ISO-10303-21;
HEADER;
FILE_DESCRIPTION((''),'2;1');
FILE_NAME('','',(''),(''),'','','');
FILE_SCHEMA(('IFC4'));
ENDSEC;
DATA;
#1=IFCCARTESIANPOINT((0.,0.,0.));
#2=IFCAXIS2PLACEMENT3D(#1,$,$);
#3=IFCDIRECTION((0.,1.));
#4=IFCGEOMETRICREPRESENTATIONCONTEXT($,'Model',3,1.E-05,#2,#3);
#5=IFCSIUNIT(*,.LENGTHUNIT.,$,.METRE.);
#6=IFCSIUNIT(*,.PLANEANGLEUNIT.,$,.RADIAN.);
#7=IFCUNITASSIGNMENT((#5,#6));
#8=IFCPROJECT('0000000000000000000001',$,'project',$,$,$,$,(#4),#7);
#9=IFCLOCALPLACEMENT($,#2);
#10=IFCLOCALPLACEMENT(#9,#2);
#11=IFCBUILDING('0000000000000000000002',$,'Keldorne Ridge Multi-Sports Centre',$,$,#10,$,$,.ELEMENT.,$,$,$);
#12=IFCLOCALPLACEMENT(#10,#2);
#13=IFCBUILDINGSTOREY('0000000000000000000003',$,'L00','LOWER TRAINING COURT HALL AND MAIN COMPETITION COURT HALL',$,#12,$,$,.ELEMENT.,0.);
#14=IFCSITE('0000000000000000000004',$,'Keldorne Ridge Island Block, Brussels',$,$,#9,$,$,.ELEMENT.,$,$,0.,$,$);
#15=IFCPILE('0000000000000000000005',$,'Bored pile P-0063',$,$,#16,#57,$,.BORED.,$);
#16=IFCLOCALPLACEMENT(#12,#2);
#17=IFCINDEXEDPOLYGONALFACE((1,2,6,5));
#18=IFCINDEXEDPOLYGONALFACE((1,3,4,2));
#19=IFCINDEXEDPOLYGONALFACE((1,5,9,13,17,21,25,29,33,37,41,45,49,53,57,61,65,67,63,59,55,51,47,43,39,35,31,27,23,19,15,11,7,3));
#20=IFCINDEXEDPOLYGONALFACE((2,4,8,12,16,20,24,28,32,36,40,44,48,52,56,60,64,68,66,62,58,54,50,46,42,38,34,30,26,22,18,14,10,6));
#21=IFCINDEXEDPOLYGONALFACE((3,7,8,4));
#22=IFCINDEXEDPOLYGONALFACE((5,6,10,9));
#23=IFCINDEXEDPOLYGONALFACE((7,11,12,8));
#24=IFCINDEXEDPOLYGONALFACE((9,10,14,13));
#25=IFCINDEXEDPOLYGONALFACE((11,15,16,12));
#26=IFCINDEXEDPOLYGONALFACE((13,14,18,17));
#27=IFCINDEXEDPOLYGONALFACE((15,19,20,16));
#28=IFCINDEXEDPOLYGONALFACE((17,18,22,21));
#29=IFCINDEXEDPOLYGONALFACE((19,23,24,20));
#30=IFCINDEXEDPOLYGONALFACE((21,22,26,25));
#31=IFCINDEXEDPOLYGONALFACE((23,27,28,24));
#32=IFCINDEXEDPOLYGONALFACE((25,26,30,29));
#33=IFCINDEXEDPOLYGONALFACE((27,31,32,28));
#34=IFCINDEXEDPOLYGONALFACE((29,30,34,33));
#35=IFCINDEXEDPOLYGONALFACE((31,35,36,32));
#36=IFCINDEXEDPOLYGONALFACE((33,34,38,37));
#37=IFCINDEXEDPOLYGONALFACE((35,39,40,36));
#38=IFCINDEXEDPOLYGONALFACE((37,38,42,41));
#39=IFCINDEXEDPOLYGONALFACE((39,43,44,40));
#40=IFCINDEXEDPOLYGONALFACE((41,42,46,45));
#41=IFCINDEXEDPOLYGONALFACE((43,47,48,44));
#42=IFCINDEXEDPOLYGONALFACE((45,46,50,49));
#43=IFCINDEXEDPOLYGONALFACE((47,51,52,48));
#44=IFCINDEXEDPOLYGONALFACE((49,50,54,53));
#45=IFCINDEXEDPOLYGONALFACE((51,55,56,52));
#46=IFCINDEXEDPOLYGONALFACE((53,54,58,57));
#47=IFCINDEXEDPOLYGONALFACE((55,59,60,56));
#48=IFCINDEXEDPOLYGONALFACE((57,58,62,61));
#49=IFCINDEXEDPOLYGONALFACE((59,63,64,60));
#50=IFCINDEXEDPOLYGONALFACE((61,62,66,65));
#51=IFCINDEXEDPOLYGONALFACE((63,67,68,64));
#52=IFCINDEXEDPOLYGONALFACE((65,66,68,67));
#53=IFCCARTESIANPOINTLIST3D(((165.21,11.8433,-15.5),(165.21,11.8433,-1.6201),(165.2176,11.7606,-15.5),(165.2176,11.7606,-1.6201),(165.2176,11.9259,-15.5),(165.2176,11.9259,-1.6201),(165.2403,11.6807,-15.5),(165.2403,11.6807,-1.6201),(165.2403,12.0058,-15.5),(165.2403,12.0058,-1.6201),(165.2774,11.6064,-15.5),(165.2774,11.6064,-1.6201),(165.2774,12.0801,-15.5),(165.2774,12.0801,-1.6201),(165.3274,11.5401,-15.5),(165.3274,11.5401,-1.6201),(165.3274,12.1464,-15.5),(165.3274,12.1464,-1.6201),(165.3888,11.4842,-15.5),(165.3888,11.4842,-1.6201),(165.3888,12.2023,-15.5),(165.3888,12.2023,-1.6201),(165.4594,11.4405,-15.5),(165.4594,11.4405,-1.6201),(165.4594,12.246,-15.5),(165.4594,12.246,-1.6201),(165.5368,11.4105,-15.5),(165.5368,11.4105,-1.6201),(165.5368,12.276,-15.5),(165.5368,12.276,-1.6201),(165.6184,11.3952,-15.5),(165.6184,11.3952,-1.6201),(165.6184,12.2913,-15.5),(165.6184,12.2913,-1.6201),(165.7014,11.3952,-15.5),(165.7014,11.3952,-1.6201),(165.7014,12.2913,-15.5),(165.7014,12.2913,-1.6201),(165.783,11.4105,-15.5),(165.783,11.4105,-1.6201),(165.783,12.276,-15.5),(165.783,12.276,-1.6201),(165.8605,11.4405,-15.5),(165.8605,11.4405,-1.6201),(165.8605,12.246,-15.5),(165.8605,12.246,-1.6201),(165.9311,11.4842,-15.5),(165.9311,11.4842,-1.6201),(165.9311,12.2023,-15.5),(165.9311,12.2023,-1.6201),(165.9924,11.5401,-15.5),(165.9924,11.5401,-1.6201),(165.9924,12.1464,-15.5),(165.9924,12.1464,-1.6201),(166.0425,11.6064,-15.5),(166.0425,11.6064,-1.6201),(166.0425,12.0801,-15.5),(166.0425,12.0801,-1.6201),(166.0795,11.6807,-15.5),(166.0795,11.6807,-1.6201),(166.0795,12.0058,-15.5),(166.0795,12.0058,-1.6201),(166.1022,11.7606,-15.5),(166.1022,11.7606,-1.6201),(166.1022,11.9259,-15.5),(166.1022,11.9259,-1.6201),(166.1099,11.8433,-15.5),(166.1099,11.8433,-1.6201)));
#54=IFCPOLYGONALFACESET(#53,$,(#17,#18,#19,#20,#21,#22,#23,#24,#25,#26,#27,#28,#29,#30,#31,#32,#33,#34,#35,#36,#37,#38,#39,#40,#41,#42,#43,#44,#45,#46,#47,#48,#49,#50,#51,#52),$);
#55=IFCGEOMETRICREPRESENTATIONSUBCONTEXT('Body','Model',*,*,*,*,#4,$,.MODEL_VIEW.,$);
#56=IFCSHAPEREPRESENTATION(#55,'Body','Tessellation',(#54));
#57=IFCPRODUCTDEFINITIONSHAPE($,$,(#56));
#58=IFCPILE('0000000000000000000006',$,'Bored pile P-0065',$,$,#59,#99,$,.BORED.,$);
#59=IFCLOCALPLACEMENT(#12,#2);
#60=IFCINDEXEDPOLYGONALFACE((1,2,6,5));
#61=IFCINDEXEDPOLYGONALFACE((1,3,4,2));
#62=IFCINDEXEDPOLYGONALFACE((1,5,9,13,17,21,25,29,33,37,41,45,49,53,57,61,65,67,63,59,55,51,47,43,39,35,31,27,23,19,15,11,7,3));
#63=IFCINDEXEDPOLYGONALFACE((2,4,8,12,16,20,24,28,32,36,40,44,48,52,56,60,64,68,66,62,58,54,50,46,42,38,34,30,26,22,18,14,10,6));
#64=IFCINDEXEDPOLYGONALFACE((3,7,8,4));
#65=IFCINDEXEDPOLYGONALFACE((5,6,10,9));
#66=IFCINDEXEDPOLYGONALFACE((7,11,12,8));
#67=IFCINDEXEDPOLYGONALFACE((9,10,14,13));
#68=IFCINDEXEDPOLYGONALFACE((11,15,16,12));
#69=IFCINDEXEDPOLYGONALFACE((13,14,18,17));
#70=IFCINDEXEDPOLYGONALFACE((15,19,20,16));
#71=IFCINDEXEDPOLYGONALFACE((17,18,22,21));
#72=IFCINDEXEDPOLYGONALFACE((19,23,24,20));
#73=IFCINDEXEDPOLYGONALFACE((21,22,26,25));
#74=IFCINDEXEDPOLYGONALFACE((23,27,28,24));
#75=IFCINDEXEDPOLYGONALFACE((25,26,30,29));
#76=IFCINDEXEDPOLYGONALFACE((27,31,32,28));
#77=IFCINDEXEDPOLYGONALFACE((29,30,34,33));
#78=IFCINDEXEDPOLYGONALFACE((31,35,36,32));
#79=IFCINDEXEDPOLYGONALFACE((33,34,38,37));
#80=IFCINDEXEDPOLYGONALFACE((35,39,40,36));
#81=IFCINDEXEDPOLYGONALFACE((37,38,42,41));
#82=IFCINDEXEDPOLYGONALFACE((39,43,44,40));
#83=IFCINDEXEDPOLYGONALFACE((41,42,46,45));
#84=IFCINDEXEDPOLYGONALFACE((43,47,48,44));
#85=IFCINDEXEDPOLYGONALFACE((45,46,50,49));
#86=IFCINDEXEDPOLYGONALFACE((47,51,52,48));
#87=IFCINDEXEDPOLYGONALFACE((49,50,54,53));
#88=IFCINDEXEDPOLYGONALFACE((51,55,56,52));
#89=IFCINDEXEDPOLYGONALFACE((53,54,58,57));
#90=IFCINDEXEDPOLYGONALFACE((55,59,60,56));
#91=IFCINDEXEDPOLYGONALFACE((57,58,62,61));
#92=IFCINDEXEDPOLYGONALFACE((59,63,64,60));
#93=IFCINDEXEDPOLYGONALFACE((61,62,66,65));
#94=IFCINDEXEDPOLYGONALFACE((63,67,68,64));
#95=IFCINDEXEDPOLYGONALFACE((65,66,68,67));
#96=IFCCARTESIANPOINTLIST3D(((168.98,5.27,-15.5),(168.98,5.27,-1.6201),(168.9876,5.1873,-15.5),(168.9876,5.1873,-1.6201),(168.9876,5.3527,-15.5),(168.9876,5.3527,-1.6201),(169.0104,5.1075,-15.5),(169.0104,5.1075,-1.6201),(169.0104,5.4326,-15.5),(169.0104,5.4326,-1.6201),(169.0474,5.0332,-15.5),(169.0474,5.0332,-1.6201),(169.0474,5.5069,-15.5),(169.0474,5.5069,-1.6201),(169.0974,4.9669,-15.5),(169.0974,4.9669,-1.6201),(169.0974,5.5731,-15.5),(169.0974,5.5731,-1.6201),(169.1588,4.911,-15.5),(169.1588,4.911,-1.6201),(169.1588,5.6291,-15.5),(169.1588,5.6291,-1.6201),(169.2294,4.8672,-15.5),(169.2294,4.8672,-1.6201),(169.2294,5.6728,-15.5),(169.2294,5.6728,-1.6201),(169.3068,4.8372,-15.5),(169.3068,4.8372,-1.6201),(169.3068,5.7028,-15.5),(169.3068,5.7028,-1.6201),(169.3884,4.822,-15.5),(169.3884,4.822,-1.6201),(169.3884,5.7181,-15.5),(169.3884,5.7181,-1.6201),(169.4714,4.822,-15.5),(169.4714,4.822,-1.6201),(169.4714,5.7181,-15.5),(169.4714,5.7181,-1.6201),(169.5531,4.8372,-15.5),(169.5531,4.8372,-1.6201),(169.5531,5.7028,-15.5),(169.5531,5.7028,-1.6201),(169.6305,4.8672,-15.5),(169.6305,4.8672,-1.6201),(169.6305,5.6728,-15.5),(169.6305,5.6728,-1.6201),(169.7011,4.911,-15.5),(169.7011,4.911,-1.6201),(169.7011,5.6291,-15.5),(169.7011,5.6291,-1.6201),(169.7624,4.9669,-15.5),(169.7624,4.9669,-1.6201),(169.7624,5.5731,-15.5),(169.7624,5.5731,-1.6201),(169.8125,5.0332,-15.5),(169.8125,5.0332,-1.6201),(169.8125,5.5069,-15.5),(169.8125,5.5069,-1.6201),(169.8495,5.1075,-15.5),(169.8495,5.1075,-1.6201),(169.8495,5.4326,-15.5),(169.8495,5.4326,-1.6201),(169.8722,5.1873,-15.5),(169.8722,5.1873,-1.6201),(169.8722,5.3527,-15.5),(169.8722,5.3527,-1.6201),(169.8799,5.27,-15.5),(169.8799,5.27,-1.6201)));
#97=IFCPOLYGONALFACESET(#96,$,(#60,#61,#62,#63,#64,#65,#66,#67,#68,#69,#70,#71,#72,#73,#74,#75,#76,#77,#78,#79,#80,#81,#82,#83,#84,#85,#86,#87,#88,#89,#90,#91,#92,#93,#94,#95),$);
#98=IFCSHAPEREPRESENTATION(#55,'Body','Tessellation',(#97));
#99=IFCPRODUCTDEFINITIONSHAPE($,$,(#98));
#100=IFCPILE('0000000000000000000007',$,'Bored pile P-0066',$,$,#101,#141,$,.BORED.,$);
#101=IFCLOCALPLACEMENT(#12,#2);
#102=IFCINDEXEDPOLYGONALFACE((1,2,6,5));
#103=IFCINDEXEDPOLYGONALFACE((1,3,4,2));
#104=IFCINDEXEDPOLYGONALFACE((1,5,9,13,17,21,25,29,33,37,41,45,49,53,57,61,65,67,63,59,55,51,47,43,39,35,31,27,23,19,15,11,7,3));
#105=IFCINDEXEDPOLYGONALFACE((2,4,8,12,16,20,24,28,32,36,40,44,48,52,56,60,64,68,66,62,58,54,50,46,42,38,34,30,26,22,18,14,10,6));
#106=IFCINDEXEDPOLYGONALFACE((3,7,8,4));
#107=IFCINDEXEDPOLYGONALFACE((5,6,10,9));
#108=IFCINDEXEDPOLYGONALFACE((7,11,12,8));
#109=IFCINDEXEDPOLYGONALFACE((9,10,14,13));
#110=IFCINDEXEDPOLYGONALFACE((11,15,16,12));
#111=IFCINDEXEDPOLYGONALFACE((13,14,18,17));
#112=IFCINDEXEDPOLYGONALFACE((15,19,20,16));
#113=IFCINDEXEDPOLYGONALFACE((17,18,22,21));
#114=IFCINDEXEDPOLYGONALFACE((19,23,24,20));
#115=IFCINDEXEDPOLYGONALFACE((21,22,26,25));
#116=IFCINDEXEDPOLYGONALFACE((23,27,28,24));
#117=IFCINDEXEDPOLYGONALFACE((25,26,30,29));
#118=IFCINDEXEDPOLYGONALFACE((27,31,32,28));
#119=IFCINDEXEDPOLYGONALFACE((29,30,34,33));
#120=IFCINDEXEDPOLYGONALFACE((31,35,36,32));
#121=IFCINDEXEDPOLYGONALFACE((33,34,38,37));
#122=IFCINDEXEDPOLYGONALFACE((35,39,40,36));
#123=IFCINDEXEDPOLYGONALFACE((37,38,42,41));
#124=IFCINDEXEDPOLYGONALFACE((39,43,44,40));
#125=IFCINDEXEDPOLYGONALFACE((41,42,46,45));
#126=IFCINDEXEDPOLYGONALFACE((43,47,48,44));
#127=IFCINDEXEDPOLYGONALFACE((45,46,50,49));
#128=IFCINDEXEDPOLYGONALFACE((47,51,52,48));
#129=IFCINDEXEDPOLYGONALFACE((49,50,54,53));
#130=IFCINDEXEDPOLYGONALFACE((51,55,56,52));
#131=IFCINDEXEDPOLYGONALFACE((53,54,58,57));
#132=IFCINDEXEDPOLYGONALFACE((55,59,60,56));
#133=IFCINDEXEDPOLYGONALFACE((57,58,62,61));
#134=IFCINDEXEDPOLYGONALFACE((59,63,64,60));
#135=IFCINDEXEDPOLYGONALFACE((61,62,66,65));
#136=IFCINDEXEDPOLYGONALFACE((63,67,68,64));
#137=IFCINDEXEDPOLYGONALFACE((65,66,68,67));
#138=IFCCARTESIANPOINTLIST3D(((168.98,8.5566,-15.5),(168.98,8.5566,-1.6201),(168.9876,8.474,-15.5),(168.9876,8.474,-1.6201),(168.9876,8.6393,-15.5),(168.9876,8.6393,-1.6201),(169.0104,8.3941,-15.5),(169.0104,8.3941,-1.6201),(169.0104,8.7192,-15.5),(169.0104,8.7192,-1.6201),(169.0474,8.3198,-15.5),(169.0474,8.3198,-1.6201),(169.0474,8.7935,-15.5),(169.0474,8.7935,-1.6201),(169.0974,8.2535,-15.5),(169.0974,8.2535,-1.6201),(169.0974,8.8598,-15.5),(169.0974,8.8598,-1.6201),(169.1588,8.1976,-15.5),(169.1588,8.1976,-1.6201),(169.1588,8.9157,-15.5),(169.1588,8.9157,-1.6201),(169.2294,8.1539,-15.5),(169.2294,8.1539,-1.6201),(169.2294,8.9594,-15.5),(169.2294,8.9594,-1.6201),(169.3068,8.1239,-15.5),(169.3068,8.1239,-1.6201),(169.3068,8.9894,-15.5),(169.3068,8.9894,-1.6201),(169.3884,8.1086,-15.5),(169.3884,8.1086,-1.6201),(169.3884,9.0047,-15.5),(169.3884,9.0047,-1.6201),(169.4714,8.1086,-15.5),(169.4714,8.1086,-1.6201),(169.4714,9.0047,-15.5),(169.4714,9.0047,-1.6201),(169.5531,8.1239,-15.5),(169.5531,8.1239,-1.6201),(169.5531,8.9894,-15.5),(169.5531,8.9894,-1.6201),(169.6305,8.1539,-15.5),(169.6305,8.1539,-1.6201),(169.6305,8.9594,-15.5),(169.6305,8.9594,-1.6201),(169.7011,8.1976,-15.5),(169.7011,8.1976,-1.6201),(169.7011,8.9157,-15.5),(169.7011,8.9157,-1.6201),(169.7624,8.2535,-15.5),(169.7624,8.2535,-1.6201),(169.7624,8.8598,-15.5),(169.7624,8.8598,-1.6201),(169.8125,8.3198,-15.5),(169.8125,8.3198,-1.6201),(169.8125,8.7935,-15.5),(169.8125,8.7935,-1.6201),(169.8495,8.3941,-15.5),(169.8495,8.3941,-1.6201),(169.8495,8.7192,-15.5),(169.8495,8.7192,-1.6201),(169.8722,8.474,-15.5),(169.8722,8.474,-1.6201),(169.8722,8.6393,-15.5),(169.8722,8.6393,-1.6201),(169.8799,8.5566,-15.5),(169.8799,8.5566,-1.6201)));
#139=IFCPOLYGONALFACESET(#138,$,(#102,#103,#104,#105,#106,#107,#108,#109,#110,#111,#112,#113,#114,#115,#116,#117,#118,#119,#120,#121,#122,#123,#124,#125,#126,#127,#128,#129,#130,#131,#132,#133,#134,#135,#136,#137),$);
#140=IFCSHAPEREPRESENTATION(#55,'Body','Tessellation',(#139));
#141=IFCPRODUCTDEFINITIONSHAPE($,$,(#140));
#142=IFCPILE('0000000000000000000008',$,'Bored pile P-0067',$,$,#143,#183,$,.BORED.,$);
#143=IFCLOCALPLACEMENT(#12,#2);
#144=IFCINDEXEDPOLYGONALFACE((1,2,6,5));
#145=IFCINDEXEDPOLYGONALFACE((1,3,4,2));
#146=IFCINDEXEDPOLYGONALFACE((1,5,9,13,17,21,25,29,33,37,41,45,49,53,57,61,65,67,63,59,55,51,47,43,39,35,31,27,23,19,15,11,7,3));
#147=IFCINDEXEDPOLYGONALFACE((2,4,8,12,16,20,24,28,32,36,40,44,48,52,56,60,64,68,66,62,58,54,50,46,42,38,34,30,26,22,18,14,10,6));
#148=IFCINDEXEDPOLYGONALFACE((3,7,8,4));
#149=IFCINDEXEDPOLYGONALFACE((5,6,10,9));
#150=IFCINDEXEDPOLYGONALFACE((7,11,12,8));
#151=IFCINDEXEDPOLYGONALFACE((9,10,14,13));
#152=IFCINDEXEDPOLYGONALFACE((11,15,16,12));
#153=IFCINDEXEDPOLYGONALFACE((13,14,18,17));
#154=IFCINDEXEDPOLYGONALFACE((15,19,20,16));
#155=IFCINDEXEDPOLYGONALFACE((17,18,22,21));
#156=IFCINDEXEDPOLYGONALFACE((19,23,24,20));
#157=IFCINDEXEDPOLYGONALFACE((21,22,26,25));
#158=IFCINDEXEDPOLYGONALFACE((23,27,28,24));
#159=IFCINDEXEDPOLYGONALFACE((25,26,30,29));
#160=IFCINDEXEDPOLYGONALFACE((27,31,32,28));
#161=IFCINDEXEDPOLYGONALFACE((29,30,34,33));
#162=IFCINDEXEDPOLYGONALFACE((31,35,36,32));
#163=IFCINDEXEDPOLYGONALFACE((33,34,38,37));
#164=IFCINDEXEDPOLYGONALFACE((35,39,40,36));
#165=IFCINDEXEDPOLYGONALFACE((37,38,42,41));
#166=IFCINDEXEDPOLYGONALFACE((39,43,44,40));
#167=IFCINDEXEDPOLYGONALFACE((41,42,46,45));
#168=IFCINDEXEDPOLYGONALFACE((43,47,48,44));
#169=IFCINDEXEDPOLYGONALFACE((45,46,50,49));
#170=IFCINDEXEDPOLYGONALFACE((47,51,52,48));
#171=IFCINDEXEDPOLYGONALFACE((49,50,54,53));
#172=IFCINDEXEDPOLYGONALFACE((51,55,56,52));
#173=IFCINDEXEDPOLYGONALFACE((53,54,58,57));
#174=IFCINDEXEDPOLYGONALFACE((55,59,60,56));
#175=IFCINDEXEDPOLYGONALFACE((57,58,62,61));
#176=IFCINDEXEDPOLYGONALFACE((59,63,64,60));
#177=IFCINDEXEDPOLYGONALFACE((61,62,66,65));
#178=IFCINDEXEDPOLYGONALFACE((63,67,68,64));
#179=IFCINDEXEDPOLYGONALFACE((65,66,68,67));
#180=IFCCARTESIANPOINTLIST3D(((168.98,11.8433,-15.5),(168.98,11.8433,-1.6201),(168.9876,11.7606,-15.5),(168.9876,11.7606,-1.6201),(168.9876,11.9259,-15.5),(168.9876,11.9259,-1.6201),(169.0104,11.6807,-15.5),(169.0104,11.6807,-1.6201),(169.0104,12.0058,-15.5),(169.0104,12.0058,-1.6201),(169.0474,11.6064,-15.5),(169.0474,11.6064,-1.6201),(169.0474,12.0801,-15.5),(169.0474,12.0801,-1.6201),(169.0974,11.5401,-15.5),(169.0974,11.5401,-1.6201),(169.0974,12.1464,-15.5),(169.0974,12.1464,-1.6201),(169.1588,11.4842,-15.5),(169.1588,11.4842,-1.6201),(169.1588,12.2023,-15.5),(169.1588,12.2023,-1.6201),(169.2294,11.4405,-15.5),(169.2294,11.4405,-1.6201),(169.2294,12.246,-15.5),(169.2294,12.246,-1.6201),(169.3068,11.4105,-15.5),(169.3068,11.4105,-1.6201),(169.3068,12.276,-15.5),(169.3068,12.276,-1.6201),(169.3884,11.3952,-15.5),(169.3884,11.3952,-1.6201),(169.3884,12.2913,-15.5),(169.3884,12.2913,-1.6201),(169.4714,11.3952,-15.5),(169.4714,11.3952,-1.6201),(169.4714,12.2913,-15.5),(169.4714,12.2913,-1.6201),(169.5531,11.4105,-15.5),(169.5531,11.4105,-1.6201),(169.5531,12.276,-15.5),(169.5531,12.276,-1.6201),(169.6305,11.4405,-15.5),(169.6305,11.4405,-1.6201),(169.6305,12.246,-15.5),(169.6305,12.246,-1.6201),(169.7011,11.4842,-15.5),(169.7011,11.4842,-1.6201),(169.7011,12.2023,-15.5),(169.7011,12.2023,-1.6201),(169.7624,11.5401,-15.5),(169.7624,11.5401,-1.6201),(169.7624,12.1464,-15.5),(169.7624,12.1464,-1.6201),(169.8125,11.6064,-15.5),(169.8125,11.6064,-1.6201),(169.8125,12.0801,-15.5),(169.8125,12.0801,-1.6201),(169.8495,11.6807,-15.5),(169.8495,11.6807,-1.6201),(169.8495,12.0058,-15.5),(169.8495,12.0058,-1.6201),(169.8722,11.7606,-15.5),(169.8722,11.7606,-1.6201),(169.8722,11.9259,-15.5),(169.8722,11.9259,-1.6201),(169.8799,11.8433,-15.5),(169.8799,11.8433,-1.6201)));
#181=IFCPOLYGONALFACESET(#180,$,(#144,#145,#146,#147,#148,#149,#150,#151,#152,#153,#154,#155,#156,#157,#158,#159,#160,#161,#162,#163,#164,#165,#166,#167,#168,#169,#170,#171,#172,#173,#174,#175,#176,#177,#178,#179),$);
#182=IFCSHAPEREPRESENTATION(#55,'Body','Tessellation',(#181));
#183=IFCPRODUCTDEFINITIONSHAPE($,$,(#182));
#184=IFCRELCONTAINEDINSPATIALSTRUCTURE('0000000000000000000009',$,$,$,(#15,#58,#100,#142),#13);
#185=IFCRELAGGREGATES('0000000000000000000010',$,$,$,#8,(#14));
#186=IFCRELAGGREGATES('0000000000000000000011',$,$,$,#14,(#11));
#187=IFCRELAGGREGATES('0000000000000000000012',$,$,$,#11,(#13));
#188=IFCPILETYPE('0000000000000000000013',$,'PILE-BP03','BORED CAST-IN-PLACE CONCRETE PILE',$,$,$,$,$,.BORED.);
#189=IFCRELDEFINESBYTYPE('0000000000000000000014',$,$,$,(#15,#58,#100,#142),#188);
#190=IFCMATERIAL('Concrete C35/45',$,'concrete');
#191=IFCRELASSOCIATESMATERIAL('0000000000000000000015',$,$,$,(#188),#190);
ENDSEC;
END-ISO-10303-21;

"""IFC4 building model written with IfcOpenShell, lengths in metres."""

from ifc_helpers import new_model, si_unit, direction, frame, origin, origin_2d, place, context, subcontext, project, spatial, circle, extrude, material, material_profile, profile_set, type_object, element, save


model = new_model("IFC4")

# Units and contexts
model_context = context("Model", 3, precision=1e-05, world=origin(), true_north=direction((0.0, 1.0)))
body_context = subcontext(model_context, "Body", "Model", "MODEL_VIEW")
ifc_project = project(units=[si_unit("LENGTHUNIT", "METRE"), si_unit("PLANEANGLEUNIT", "RADIAN")], contexts=[model_context])

# Site, building, storey
site_placement = place(None, origin())
site = spatial("IfcSite", under=ifc_project, at=site_placement, Name="Keldorne Ridge Island Block, Brussels", CompositionType="ELEMENT", RefElevation=0.0)
building_placement = place(site_placement, origin())
building = spatial("IfcBuilding", under=site, at=building_placement, Name="Keldorne Ridge Multi-Sports Centre", CompositionType="ELEMENT")
storey_placement = place(building_placement, origin())
storey = spatial("IfcBuildingStorey", under=building, at=storey_placement, Name="L00", Description="LOWER TRAINING COURT HALL AND MAIN COMPETITION COURT HALL", CompositionType="ELEMENT", Elevation=0.0)

# Shared definitions
ifc_material_1 = material(Name="Concrete C35/45", Category="concrete")

# Piles
ifc_material_profile_1 = material_profile(ifc_material_1, circle(Radius=0.45, at=origin_2d()), Name="BORED PILE D900")
ifc_profile_set_1 = profile_set([ifc_material_profile_1], Name="Concrete C35/45")
pile_type = type_object("IfcPileType", Name="PILE-BP03", Description="BORED CAST-IN-PLACE CONCRETE PILE", PredefinedType="BORED", material=ifc_profile_set_1)
for number, where, z_axis, x_axis, name in (
    (1, (165.6599, 11.8433, -1.6201), (0.0, 0.0, -1.0), (1.0, 0.0, 0.0), "Bored pile P-0063"),
    (2, (169.4299, 5.27, -1.6201), (0.0, 0.0, -1.0), (1.0, 0.0, 0.0), "Bored pile P-0065"),
    (3, (169.4299, 8.5566, -1.6201), (0.0, 0.0, -1.0), (1.0, 0.0, 0.0), "Bored pile P-0066"),
    (4, (169.4299, 11.8433, -1.6201), (0.0, 0.0, -1.0), (1.0, 0.0, 0.0), "Bored pile P-0067"),
):
    element("IfcPile", number, at=place(storey_placement, frame(where, z_axis=z_axis, x_axis=x_axis)), inside=storey, type_object=pile_type, Name=name, PredefinedType="BORED", context=body_context, shape_type="SweptSolid", body=[
        extrude(circle(Radius=0.45, at=origin_2d()), origin(), (0.0, 0.0, 1.0), 13.8799),
    ])

save(model, "model.ifc")
